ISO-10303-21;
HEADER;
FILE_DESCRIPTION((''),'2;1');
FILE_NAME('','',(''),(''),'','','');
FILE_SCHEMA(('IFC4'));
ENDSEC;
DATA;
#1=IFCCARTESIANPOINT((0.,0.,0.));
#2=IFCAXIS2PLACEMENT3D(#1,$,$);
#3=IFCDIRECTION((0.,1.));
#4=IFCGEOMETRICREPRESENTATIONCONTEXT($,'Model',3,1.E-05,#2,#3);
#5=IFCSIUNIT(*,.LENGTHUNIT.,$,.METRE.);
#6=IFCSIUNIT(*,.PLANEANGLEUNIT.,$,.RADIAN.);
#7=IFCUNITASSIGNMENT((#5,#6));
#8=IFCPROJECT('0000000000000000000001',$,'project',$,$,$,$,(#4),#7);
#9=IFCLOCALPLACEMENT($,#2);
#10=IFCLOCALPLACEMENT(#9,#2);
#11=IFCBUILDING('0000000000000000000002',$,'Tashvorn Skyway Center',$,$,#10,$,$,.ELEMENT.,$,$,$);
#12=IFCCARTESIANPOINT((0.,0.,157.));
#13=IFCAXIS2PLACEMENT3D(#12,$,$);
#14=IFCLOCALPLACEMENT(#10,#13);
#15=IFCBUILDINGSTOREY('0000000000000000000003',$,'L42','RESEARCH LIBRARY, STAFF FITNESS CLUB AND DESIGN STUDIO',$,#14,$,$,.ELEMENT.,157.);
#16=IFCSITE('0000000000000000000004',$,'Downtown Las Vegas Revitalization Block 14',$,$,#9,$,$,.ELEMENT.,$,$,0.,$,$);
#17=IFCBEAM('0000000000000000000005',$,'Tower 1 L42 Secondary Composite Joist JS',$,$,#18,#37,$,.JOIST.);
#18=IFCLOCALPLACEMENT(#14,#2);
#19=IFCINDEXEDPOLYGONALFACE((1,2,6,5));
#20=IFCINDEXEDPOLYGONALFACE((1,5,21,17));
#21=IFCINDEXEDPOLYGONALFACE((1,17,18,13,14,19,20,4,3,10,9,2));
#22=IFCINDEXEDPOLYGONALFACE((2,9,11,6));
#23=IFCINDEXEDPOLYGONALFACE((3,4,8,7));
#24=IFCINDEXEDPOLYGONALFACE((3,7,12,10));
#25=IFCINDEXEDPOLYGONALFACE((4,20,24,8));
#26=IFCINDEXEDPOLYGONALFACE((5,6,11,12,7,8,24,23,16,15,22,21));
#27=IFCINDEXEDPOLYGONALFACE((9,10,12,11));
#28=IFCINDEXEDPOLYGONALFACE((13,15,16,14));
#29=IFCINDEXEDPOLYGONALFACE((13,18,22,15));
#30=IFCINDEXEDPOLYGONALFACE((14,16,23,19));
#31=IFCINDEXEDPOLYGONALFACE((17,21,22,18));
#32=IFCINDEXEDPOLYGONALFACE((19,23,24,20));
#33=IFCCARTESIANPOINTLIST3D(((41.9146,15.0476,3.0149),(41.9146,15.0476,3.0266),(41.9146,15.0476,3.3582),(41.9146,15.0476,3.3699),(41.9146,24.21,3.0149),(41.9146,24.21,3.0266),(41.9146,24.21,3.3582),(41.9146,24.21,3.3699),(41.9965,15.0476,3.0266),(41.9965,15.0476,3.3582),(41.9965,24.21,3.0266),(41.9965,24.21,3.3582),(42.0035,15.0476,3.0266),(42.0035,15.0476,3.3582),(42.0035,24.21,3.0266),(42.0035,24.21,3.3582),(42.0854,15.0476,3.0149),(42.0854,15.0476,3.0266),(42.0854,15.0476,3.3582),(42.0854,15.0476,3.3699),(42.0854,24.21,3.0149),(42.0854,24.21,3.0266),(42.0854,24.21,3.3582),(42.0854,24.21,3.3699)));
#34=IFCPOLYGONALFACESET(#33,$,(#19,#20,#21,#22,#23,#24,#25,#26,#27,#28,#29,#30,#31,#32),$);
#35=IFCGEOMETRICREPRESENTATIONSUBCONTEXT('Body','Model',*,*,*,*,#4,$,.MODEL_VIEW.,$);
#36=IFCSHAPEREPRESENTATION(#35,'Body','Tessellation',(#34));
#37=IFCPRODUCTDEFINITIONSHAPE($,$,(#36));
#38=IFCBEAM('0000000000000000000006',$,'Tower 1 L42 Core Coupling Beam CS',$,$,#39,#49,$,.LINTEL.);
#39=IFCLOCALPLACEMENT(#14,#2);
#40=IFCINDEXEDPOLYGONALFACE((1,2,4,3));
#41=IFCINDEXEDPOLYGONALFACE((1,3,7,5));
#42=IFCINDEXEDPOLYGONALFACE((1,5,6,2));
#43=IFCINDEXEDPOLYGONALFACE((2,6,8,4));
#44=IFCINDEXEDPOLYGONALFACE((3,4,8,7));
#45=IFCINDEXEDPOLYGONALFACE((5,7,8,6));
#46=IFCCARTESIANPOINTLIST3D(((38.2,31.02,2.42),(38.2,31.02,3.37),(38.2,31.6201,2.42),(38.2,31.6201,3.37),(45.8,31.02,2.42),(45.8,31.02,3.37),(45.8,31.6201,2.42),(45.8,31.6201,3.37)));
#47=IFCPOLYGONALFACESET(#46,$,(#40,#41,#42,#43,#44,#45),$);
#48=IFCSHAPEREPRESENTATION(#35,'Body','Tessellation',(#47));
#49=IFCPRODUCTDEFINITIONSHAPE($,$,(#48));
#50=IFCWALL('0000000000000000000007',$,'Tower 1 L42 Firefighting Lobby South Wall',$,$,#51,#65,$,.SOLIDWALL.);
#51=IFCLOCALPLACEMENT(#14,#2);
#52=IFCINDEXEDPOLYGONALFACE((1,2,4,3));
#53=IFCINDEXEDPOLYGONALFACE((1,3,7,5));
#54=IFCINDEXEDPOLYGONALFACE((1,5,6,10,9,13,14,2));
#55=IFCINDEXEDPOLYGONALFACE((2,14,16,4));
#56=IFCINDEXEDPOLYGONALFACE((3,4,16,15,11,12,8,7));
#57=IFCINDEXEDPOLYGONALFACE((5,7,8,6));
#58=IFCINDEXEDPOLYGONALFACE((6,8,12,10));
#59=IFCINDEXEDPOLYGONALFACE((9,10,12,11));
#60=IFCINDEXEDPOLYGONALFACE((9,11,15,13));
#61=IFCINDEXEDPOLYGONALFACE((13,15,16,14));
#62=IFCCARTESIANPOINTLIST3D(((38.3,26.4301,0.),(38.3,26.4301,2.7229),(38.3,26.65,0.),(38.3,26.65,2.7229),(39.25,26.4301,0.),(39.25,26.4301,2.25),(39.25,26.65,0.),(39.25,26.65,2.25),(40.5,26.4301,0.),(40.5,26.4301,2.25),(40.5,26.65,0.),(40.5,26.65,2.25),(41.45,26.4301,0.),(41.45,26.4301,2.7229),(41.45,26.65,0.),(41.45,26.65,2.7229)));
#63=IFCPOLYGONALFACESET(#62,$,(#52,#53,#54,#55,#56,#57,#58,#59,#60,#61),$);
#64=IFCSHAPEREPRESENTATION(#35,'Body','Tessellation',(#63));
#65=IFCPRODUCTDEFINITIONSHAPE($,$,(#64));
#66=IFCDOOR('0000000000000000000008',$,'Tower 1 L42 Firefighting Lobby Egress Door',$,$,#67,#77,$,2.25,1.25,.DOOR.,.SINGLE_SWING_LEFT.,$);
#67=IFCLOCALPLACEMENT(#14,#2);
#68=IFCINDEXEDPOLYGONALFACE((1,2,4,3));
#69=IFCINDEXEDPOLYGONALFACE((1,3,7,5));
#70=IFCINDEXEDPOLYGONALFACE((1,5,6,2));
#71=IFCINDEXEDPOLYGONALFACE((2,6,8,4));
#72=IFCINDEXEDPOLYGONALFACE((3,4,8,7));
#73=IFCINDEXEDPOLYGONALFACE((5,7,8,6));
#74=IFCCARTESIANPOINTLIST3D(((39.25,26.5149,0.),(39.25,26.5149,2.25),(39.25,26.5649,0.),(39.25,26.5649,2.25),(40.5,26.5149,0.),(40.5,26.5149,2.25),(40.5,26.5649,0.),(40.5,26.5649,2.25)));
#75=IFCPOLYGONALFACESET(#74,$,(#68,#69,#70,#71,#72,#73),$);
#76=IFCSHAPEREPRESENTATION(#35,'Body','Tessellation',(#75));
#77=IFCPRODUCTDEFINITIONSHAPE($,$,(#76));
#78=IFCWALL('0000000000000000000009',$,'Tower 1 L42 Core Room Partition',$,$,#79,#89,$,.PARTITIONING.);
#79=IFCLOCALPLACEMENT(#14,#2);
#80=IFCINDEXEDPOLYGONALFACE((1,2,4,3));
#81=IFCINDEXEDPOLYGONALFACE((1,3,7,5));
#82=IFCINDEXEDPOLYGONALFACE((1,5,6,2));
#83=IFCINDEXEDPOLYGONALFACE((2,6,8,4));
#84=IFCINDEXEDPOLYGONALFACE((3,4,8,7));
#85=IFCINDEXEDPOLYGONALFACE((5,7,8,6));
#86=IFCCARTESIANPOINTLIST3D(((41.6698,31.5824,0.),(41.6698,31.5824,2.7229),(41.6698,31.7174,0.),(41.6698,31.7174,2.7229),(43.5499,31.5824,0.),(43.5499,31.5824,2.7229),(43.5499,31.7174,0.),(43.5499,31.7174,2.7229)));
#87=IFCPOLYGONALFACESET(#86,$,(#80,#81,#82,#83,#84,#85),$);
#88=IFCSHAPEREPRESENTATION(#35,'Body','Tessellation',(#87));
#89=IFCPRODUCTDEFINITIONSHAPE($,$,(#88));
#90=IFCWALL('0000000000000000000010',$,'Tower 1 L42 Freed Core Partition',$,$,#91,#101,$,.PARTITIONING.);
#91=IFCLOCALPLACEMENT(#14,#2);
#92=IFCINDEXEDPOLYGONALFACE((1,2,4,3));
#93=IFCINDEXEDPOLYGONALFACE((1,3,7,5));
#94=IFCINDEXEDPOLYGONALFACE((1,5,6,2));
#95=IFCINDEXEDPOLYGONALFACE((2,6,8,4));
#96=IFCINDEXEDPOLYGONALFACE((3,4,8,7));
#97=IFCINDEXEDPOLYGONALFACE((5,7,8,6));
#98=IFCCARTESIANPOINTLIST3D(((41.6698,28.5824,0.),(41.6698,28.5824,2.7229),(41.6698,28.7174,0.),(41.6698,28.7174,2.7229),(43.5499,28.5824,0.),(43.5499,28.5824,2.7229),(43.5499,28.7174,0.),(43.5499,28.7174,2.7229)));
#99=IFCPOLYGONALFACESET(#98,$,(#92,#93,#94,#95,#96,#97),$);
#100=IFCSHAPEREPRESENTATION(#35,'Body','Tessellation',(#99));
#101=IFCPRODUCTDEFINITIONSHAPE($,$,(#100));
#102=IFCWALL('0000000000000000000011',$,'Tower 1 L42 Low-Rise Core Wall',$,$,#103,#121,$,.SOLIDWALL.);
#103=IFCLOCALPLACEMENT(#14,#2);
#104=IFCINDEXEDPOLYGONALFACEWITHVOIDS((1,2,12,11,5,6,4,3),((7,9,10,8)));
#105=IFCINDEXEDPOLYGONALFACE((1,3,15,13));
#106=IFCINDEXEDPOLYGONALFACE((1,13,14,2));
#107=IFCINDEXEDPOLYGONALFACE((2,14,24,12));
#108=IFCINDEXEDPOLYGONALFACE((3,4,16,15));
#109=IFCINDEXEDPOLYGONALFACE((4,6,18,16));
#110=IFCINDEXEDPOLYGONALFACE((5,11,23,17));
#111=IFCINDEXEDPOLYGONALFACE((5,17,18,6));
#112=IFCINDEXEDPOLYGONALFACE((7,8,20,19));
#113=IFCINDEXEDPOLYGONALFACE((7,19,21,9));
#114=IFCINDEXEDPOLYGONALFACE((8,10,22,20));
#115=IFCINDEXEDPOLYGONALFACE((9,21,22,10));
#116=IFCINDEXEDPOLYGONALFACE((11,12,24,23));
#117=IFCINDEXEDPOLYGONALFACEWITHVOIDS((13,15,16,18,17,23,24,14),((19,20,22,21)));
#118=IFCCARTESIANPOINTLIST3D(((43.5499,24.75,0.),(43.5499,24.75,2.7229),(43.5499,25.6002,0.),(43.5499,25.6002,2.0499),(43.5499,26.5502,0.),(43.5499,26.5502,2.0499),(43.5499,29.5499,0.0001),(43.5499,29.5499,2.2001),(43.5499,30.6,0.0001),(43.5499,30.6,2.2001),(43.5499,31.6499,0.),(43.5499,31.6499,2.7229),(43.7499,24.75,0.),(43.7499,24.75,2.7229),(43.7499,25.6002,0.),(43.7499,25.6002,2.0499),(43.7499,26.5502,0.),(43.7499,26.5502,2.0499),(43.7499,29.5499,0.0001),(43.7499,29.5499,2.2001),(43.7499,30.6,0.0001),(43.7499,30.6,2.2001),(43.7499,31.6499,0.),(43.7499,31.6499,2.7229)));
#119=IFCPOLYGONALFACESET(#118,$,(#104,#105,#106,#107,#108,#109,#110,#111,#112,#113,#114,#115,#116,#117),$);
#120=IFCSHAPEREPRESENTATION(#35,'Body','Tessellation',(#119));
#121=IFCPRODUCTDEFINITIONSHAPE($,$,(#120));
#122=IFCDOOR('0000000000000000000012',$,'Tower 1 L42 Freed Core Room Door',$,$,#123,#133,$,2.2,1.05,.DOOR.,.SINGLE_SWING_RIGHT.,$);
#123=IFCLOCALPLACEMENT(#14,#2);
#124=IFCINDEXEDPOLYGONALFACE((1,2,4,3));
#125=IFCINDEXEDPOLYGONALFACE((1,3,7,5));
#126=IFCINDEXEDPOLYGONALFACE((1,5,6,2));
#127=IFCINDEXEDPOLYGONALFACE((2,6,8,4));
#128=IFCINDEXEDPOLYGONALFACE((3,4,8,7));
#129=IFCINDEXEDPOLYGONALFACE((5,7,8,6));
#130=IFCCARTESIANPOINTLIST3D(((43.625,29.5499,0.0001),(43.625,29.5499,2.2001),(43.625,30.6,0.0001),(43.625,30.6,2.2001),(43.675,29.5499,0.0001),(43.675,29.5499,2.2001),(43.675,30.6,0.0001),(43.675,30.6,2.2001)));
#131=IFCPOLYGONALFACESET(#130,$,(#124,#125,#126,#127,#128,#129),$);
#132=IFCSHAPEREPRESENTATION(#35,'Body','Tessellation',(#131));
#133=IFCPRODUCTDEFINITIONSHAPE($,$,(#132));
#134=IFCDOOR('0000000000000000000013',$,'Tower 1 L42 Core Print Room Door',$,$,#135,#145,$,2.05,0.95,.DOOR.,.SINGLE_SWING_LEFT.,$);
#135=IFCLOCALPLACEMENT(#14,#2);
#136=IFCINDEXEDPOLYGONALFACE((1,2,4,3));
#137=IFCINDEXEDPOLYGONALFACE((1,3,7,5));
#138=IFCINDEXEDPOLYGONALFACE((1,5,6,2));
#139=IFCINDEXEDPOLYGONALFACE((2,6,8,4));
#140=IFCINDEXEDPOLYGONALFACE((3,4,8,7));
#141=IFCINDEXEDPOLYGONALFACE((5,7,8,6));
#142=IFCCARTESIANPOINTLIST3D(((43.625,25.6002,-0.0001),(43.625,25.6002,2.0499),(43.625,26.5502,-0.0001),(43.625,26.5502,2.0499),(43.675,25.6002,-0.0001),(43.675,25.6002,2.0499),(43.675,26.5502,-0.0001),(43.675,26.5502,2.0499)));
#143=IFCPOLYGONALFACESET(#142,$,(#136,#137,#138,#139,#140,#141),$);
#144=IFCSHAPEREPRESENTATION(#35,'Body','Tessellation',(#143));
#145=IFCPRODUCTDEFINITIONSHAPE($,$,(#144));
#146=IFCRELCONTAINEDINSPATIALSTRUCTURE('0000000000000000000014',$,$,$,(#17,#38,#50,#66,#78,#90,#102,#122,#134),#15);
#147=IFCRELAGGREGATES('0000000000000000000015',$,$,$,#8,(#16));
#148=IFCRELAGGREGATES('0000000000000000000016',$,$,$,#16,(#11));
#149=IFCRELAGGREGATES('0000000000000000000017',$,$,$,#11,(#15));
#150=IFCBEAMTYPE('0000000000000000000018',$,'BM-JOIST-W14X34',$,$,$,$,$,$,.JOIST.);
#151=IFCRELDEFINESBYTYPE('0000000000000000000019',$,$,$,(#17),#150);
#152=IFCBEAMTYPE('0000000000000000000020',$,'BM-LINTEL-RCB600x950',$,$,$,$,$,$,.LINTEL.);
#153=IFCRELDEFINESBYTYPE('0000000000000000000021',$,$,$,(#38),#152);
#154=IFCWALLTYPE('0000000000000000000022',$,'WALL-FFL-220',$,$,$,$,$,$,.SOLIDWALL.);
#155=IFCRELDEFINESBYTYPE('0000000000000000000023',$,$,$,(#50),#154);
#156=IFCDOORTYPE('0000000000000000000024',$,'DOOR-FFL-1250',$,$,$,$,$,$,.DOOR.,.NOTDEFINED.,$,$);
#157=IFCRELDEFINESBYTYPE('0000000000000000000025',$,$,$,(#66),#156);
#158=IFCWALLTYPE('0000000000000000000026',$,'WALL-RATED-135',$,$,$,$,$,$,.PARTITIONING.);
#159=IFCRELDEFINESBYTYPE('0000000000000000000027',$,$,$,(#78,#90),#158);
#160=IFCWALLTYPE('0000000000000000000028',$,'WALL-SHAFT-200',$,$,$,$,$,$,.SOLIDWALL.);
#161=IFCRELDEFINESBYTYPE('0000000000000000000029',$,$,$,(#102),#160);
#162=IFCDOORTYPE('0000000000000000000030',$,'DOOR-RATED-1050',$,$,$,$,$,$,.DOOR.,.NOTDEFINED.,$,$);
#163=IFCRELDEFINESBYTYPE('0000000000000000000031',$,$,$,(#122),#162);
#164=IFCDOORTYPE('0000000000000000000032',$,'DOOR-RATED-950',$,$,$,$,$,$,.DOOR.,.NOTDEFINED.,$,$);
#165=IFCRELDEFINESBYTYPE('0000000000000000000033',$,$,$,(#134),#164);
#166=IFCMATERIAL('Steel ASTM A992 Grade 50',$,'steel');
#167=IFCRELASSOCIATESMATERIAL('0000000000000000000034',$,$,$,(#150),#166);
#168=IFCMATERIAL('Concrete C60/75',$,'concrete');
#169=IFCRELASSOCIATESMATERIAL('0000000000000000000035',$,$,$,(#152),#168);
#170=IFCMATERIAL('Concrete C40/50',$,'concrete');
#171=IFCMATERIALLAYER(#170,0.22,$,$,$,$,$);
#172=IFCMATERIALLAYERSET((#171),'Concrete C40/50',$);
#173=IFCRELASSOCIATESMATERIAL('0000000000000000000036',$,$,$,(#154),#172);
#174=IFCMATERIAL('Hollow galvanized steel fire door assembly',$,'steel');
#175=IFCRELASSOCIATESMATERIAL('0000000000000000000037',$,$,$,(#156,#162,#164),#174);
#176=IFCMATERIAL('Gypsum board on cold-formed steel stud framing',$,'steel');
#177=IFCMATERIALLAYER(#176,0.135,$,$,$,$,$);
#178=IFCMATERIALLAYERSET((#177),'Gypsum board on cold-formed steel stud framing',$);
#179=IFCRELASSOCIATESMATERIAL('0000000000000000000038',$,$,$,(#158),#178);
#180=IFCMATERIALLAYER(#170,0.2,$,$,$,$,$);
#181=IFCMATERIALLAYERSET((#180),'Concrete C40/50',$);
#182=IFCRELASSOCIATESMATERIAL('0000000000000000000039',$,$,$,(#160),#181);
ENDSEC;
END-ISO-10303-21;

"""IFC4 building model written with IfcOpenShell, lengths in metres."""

from ifc_helpers import new_model, si_unit, direction, frame, frame_2d, origin, origin_2d, place, context, subcontext, project, spatial, rectangle, i_section, extrude, material, layer, layer_set, material_profile, profile_set, type_object, element, fill, save


model = new_model("IFC4")

# Units and contexts
model_context = context("Model", 3, precision=1e-05, world=origin(), true_north=direction((0.0, 1.0)))
body_context = subcontext(model_context, "Body", "Model", "MODEL_VIEW")
ifc_project = project(units=[si_unit("LENGTHUNIT", "METRE"), si_unit("PLANEANGLEUNIT", "RADIAN")], contexts=[model_context])

# Site, building, storey
site_placement = place(None, origin())
site = spatial("IfcSite", under=ifc_project, at=site_placement, Name="Downtown Las Vegas Revitalization Block 14", CompositionType="ELEMENT", RefElevation=0.0)
building_placement = place(site_placement, origin())
building = spatial("IfcBuilding", under=site, at=building_placement, Name="Tashvorn Skyway Center", CompositionType="ELEMENT")
storey_placement = place(building_placement, frame((0.0, 0.0, 157.0)))
storey = spatial("IfcBuildingStorey", under=building, at=storey_placement, Name="L42", Description="RESEARCH LIBRARY, STAFF FITNESS CLUB AND DESIGN STUDIO", CompositionType="ELEMENT", Elevation=157.0)

# Beams
ifc_material_1 = material(Name="Steel ASTM A992 Grade 50", Category="steel")
ifc_material_profile_1 = material_profile(ifc_material_1, i_section(OverallWidth=0.1709, OverallDepth=0.355, WebThickness=0.0071, FlangeThickness=0.0117, at=origin_2d()), Name="W14X34")
ifc_profile_set_1 = profile_set([ifc_material_profile_1], Name="Steel ASTM A992 Grade 50")
beam_type_1 = type_object("IfcBeamType", Name="BM-JOIST-W14X34", PredefinedType="JOIST", material=ifc_profile_set_1)
beam_1_placement = place(storey_placement, frame((42.0, 24.21, 3.1924), z_axis=(0.0, -1.0, 0.0), x_axis=(1.0, 0.0, 0.0)))
element("IfcBeam", 1, at=beam_1_placement, inside=storey, type_object=beam_type_1, Name="Tower 1 L42 Secondary Composite Joist JS", PredefinedType="JOIST", context=body_context, shape_type="SweptSolid", body=[
    extrude(i_section(OverallWidth=0.1709, OverallDepth=0.355, WebThickness=0.0071, FlangeThickness=0.0117, at=origin_2d()), origin(), (0.0, 0.0, 1.0), 9.1624),
])
ifc_material_2 = material(Name="Concrete C60/75", Category="concrete")
ifc_material_profile_2 = material_profile(ifc_material_2, rectangle(XDim=0.6001, YDim=0.95, at=origin_2d()), Name="RCB600x950")
ifc_profile_set_2 = profile_set([ifc_material_profile_2], Name="Concrete C60/75")
beam_type_2 = type_object("IfcBeamType", Name="BM-LINTEL-RCB600x950", PredefinedType="LINTEL", material=ifc_profile_set_2)
beam_2_placement = place(storey_placement, frame((38.2, 31.3201, 2.895), z_axis=(1.0, 0.0, 0.0), x_axis=(0.0, 1.0, 0.0)))
element("IfcBeam", 2, at=beam_2_placement, inside=storey, type_object=beam_type_2, Name="Tower 1 L42 Core Coupling Beam CS", PredefinedType="LINTEL", context=body_context, shape_type="SweptSolid", body=[
    extrude(rectangle(XDim=0.6001, YDim=0.95, at=origin_2d()), origin(), (0.0, 0.0, 1.0), 7.6001),
])

# Wall, opening, door
ifc_material_3 = material(Name="Concrete C40/50", Category="concrete")
ifc_layer_1 = layer(ifc_material_3, 0.22)
ifc_layer_set_1 = layer_set([ifc_layer_1], Name="Concrete C40/50")
wall_type_1 = type_object("IfcWallType", Name="WALL-FFL-220", PredefinedType="SOLIDWALL", material=ifc_layer_set_1)
wall_1_placement = place(storey_placement, frame((38.3, 26.54, 0.0), z_axis=(0.0, 0.0, 1.0), x_axis=(1.0, 0.0, 0.0)))
wall_1 = element("IfcWall", 3, at=wall_1_placement, inside=storey, type_object=wall_type_1, Name="Tower 1 L42 Firefighting Lobby South Wall", PredefinedType="SOLIDWALL", context=body_context, shape_type="SweptSolid", body=[
    extrude(rectangle(XDim=3.1499, YDim=0.22, at=frame_2d((1.575, 0.0))), origin(), (0.0, 0.0, 1.0), 2.7229),
])
opening_1_placement = place(wall_1_placement, frame((0.95, 0.0, 0.0)))
opening_1 = element("IfcOpeningElement", 4, at=opening_1_placement, cuts=wall_1, PredefinedType="OPENING", context=body_context, shape_type="SweptSolid", body=[
    extrude(rectangle(XDim=1.25, YDim=2.25, at=frame_2d((0.625, 1.125))), frame((0.0, 0.1199, 0.0), z_axis=(0.0, -1.0, 0.0), x_axis=(1.0, 0.0, 0.0)), (0.0, 0.0, 1.0), 0.24),
])
ifc_material_4 = material(Name="Hollow galvanized steel fire door assembly", Category="steel")
door_type_1 = type_object("IfcDoorType", Name="DOOR-FFL-1250", OperationType="NOTDEFINED", PredefinedType="DOOR", material=ifc_material_4)
door_1_placement = place(opening_1_placement, origin())
door_1 = element("IfcDoor", 5, at=door_1_placement, inside=storey, type_object=door_type_1, Name="Tower 1 L42 Firefighting Lobby Egress Door", OperationType="SINGLE_SWING_LEFT", OverallHeight=2.25, OverallWidth=1.25, PredefinedType="DOOR", context=body_context, shape_type="SweptSolid", body=[
    extrude(rectangle(XDim=1.25, YDim=2.25, at=frame_2d((0.625, 1.125))), frame((0.0, 0.0249, 0.0), z_axis=(0.0, -1.0, 0.0), x_axis=(1.0, 0.0, 0.0)), (0.0, 0.0, 1.0), 0.05),
])
fill(opening_1, door_1)

# Walls
ifc_material_5 = material(Name="Gypsum board on cold-formed steel stud framing", Category="steel")
ifc_layer_2 = layer(ifc_material_5, 0.135)
ifc_layer_set_2 = layer_set([ifc_layer_2], Name="Gypsum board on cold-formed steel stud framing")
wall_type_2 = type_object("IfcWallType", Name="WALL-RATED-135", PredefinedType="PARTITIONING", material=ifc_layer_set_2)
for number, where, z_axis, x_axis, name in (
    (6, (41.6699, 31.6499, 0.0), (0.0, 0.0, 1.0), (1.0, 0.0, 0.0), "Tower 1 L42 Core Room Partition"),
    (7, (41.6699, 28.6499, 0.0), (0.0, 0.0, 1.0), (1.0, 0.0, 0.0), "Tower 1 L42 Freed Core Partition"),
):
    element("IfcWall", number, at=place(storey_placement, frame(where, z_axis=z_axis, x_axis=x_axis)), inside=storey, type_object=wall_type_2, Name=name, PredefinedType="PARTITIONING", context=body_context, shape_type="SweptSolid", body=[
        extrude(rectangle(XDim=1.8801, YDim=0.135, at=frame_2d((0.9399, 0.0))), origin(), (0.0, 0.0, 1.0), 2.7229),
    ])

# Wall, openings, doors
ifc_layer_3 = layer(ifc_material_3, 0.2)
ifc_layer_set_3 = layer_set([ifc_layer_3], Name="Concrete C40/50")
wall_type_3 = type_object("IfcWallType", Name="WALL-SHAFT-200", PredefinedType="SOLIDWALL", material=ifc_layer_set_3)
wall_2_placement = place(storey_placement, frame((43.6499, 24.75, 0.0), z_axis=(0.0, 0.0, 1.0), x_axis=(0.0, 1.0, 0.0)))
wall_2 = element("IfcWall", 8, at=wall_2_placement, inside=storey, type_object=wall_type_3, Name="Tower 1 L42 Low-Rise Core Wall", PredefinedType="SOLIDWALL", context=body_context, shape_type="SweptSolid", body=[
    extrude(rectangle(XDim=6.8999, YDim=0.2, at=frame_2d((3.45, 0.0))), origin(), (0.0, 0.0, 1.0), 2.7229),
])
opening_2_placement = place(wall_2_placement, frame((0.8501, 0.0, 0.0)))
opening_2 = element("IfcOpeningElement", 9, at=opening_2_placement, cuts=wall_2, PredefinedType="OPENING", context=body_context, shape_type="SweptSolid", body=[
    extrude(rectangle(XDim=0.95, YDim=2.05, at=frame_2d((0.4751, 1.0249))), frame((0.0, 0.1099, 0.0), z_axis=(0.0, -1.0, 0.0), x_axis=(1.0, 0.0, 0.0)), (0.0, 0.0, 1.0), 0.22),
])
opening_3_placement = place(wall_2_placement, frame((4.8, 0.0, 0.0)))
opening_3 = element("IfcOpeningElement", 10, at=opening_3_placement, cuts=wall_2, PredefinedType="OPENING", context=body_context, shape_type="SweptSolid", body=[
    extrude(rectangle(XDim=1.05, YDim=2.2, at=frame_2d((0.5249, 1.1001))), frame((0.0, 0.1099, 0.0), z_axis=(0.0, -1.0, 0.0), x_axis=(1.0, 0.0, 0.0)), (0.0, 0.0, 1.0), 0.22),
])
door_type_2 = type_object("IfcDoorType", Name="DOOR-RATED-1050", OperationType="NOTDEFINED", PredefinedType="DOOR", material=ifc_material_4)
door_2_placement = place(opening_3_placement, origin())
door_2 = element("IfcDoor", 11, at=door_2_placement, inside=storey, type_object=door_type_2, Name="Tower 1 L42 Freed Core Room Door", OperationType="SINGLE_SWING_RIGHT", OverallHeight=2.2, OverallWidth=1.05, PredefinedType="DOOR", context=body_context, shape_type="SweptSolid", body=[
    extrude(rectangle(XDim=1.05, YDim=2.2, at=frame_2d((0.5249, 1.1001))), frame((0.0, 0.0249, 0.0), z_axis=(0.0, -1.0, 0.0), x_axis=(1.0, 0.0, 0.0)), (0.0, 0.0, 1.0), 0.05),
])
fill(opening_3, door_2)
door_type_3 = type_object("IfcDoorType", Name="DOOR-RATED-950", OperationType="NOTDEFINED", PredefinedType="DOOR", material=ifc_material_4)
door_3_placement = place(opening_2_placement, origin())
door_3 = element("IfcDoor", 12, at=door_3_placement, inside=storey, type_object=door_type_3, Name="Tower 1 L42 Core Print Room Door", OperationType="SINGLE_SWING_LEFT", OverallHeight=2.05, OverallWidth=0.95, PredefinedType="DOOR", context=body_context, shape_type="SweptSolid", body=[
    extrude(rectangle(XDim=0.95, YDim=2.05, at=frame_2d((0.4751, 1.0249))), frame((0.0, 0.0249, 0.0), z_axis=(0.0, -1.0, 0.0), x_axis=(1.0, 0.0, 0.0)), (0.0, 0.0, 1.0), 0.05),
])
fill(opening_2, door_3)

save(model, "model.ifc")
